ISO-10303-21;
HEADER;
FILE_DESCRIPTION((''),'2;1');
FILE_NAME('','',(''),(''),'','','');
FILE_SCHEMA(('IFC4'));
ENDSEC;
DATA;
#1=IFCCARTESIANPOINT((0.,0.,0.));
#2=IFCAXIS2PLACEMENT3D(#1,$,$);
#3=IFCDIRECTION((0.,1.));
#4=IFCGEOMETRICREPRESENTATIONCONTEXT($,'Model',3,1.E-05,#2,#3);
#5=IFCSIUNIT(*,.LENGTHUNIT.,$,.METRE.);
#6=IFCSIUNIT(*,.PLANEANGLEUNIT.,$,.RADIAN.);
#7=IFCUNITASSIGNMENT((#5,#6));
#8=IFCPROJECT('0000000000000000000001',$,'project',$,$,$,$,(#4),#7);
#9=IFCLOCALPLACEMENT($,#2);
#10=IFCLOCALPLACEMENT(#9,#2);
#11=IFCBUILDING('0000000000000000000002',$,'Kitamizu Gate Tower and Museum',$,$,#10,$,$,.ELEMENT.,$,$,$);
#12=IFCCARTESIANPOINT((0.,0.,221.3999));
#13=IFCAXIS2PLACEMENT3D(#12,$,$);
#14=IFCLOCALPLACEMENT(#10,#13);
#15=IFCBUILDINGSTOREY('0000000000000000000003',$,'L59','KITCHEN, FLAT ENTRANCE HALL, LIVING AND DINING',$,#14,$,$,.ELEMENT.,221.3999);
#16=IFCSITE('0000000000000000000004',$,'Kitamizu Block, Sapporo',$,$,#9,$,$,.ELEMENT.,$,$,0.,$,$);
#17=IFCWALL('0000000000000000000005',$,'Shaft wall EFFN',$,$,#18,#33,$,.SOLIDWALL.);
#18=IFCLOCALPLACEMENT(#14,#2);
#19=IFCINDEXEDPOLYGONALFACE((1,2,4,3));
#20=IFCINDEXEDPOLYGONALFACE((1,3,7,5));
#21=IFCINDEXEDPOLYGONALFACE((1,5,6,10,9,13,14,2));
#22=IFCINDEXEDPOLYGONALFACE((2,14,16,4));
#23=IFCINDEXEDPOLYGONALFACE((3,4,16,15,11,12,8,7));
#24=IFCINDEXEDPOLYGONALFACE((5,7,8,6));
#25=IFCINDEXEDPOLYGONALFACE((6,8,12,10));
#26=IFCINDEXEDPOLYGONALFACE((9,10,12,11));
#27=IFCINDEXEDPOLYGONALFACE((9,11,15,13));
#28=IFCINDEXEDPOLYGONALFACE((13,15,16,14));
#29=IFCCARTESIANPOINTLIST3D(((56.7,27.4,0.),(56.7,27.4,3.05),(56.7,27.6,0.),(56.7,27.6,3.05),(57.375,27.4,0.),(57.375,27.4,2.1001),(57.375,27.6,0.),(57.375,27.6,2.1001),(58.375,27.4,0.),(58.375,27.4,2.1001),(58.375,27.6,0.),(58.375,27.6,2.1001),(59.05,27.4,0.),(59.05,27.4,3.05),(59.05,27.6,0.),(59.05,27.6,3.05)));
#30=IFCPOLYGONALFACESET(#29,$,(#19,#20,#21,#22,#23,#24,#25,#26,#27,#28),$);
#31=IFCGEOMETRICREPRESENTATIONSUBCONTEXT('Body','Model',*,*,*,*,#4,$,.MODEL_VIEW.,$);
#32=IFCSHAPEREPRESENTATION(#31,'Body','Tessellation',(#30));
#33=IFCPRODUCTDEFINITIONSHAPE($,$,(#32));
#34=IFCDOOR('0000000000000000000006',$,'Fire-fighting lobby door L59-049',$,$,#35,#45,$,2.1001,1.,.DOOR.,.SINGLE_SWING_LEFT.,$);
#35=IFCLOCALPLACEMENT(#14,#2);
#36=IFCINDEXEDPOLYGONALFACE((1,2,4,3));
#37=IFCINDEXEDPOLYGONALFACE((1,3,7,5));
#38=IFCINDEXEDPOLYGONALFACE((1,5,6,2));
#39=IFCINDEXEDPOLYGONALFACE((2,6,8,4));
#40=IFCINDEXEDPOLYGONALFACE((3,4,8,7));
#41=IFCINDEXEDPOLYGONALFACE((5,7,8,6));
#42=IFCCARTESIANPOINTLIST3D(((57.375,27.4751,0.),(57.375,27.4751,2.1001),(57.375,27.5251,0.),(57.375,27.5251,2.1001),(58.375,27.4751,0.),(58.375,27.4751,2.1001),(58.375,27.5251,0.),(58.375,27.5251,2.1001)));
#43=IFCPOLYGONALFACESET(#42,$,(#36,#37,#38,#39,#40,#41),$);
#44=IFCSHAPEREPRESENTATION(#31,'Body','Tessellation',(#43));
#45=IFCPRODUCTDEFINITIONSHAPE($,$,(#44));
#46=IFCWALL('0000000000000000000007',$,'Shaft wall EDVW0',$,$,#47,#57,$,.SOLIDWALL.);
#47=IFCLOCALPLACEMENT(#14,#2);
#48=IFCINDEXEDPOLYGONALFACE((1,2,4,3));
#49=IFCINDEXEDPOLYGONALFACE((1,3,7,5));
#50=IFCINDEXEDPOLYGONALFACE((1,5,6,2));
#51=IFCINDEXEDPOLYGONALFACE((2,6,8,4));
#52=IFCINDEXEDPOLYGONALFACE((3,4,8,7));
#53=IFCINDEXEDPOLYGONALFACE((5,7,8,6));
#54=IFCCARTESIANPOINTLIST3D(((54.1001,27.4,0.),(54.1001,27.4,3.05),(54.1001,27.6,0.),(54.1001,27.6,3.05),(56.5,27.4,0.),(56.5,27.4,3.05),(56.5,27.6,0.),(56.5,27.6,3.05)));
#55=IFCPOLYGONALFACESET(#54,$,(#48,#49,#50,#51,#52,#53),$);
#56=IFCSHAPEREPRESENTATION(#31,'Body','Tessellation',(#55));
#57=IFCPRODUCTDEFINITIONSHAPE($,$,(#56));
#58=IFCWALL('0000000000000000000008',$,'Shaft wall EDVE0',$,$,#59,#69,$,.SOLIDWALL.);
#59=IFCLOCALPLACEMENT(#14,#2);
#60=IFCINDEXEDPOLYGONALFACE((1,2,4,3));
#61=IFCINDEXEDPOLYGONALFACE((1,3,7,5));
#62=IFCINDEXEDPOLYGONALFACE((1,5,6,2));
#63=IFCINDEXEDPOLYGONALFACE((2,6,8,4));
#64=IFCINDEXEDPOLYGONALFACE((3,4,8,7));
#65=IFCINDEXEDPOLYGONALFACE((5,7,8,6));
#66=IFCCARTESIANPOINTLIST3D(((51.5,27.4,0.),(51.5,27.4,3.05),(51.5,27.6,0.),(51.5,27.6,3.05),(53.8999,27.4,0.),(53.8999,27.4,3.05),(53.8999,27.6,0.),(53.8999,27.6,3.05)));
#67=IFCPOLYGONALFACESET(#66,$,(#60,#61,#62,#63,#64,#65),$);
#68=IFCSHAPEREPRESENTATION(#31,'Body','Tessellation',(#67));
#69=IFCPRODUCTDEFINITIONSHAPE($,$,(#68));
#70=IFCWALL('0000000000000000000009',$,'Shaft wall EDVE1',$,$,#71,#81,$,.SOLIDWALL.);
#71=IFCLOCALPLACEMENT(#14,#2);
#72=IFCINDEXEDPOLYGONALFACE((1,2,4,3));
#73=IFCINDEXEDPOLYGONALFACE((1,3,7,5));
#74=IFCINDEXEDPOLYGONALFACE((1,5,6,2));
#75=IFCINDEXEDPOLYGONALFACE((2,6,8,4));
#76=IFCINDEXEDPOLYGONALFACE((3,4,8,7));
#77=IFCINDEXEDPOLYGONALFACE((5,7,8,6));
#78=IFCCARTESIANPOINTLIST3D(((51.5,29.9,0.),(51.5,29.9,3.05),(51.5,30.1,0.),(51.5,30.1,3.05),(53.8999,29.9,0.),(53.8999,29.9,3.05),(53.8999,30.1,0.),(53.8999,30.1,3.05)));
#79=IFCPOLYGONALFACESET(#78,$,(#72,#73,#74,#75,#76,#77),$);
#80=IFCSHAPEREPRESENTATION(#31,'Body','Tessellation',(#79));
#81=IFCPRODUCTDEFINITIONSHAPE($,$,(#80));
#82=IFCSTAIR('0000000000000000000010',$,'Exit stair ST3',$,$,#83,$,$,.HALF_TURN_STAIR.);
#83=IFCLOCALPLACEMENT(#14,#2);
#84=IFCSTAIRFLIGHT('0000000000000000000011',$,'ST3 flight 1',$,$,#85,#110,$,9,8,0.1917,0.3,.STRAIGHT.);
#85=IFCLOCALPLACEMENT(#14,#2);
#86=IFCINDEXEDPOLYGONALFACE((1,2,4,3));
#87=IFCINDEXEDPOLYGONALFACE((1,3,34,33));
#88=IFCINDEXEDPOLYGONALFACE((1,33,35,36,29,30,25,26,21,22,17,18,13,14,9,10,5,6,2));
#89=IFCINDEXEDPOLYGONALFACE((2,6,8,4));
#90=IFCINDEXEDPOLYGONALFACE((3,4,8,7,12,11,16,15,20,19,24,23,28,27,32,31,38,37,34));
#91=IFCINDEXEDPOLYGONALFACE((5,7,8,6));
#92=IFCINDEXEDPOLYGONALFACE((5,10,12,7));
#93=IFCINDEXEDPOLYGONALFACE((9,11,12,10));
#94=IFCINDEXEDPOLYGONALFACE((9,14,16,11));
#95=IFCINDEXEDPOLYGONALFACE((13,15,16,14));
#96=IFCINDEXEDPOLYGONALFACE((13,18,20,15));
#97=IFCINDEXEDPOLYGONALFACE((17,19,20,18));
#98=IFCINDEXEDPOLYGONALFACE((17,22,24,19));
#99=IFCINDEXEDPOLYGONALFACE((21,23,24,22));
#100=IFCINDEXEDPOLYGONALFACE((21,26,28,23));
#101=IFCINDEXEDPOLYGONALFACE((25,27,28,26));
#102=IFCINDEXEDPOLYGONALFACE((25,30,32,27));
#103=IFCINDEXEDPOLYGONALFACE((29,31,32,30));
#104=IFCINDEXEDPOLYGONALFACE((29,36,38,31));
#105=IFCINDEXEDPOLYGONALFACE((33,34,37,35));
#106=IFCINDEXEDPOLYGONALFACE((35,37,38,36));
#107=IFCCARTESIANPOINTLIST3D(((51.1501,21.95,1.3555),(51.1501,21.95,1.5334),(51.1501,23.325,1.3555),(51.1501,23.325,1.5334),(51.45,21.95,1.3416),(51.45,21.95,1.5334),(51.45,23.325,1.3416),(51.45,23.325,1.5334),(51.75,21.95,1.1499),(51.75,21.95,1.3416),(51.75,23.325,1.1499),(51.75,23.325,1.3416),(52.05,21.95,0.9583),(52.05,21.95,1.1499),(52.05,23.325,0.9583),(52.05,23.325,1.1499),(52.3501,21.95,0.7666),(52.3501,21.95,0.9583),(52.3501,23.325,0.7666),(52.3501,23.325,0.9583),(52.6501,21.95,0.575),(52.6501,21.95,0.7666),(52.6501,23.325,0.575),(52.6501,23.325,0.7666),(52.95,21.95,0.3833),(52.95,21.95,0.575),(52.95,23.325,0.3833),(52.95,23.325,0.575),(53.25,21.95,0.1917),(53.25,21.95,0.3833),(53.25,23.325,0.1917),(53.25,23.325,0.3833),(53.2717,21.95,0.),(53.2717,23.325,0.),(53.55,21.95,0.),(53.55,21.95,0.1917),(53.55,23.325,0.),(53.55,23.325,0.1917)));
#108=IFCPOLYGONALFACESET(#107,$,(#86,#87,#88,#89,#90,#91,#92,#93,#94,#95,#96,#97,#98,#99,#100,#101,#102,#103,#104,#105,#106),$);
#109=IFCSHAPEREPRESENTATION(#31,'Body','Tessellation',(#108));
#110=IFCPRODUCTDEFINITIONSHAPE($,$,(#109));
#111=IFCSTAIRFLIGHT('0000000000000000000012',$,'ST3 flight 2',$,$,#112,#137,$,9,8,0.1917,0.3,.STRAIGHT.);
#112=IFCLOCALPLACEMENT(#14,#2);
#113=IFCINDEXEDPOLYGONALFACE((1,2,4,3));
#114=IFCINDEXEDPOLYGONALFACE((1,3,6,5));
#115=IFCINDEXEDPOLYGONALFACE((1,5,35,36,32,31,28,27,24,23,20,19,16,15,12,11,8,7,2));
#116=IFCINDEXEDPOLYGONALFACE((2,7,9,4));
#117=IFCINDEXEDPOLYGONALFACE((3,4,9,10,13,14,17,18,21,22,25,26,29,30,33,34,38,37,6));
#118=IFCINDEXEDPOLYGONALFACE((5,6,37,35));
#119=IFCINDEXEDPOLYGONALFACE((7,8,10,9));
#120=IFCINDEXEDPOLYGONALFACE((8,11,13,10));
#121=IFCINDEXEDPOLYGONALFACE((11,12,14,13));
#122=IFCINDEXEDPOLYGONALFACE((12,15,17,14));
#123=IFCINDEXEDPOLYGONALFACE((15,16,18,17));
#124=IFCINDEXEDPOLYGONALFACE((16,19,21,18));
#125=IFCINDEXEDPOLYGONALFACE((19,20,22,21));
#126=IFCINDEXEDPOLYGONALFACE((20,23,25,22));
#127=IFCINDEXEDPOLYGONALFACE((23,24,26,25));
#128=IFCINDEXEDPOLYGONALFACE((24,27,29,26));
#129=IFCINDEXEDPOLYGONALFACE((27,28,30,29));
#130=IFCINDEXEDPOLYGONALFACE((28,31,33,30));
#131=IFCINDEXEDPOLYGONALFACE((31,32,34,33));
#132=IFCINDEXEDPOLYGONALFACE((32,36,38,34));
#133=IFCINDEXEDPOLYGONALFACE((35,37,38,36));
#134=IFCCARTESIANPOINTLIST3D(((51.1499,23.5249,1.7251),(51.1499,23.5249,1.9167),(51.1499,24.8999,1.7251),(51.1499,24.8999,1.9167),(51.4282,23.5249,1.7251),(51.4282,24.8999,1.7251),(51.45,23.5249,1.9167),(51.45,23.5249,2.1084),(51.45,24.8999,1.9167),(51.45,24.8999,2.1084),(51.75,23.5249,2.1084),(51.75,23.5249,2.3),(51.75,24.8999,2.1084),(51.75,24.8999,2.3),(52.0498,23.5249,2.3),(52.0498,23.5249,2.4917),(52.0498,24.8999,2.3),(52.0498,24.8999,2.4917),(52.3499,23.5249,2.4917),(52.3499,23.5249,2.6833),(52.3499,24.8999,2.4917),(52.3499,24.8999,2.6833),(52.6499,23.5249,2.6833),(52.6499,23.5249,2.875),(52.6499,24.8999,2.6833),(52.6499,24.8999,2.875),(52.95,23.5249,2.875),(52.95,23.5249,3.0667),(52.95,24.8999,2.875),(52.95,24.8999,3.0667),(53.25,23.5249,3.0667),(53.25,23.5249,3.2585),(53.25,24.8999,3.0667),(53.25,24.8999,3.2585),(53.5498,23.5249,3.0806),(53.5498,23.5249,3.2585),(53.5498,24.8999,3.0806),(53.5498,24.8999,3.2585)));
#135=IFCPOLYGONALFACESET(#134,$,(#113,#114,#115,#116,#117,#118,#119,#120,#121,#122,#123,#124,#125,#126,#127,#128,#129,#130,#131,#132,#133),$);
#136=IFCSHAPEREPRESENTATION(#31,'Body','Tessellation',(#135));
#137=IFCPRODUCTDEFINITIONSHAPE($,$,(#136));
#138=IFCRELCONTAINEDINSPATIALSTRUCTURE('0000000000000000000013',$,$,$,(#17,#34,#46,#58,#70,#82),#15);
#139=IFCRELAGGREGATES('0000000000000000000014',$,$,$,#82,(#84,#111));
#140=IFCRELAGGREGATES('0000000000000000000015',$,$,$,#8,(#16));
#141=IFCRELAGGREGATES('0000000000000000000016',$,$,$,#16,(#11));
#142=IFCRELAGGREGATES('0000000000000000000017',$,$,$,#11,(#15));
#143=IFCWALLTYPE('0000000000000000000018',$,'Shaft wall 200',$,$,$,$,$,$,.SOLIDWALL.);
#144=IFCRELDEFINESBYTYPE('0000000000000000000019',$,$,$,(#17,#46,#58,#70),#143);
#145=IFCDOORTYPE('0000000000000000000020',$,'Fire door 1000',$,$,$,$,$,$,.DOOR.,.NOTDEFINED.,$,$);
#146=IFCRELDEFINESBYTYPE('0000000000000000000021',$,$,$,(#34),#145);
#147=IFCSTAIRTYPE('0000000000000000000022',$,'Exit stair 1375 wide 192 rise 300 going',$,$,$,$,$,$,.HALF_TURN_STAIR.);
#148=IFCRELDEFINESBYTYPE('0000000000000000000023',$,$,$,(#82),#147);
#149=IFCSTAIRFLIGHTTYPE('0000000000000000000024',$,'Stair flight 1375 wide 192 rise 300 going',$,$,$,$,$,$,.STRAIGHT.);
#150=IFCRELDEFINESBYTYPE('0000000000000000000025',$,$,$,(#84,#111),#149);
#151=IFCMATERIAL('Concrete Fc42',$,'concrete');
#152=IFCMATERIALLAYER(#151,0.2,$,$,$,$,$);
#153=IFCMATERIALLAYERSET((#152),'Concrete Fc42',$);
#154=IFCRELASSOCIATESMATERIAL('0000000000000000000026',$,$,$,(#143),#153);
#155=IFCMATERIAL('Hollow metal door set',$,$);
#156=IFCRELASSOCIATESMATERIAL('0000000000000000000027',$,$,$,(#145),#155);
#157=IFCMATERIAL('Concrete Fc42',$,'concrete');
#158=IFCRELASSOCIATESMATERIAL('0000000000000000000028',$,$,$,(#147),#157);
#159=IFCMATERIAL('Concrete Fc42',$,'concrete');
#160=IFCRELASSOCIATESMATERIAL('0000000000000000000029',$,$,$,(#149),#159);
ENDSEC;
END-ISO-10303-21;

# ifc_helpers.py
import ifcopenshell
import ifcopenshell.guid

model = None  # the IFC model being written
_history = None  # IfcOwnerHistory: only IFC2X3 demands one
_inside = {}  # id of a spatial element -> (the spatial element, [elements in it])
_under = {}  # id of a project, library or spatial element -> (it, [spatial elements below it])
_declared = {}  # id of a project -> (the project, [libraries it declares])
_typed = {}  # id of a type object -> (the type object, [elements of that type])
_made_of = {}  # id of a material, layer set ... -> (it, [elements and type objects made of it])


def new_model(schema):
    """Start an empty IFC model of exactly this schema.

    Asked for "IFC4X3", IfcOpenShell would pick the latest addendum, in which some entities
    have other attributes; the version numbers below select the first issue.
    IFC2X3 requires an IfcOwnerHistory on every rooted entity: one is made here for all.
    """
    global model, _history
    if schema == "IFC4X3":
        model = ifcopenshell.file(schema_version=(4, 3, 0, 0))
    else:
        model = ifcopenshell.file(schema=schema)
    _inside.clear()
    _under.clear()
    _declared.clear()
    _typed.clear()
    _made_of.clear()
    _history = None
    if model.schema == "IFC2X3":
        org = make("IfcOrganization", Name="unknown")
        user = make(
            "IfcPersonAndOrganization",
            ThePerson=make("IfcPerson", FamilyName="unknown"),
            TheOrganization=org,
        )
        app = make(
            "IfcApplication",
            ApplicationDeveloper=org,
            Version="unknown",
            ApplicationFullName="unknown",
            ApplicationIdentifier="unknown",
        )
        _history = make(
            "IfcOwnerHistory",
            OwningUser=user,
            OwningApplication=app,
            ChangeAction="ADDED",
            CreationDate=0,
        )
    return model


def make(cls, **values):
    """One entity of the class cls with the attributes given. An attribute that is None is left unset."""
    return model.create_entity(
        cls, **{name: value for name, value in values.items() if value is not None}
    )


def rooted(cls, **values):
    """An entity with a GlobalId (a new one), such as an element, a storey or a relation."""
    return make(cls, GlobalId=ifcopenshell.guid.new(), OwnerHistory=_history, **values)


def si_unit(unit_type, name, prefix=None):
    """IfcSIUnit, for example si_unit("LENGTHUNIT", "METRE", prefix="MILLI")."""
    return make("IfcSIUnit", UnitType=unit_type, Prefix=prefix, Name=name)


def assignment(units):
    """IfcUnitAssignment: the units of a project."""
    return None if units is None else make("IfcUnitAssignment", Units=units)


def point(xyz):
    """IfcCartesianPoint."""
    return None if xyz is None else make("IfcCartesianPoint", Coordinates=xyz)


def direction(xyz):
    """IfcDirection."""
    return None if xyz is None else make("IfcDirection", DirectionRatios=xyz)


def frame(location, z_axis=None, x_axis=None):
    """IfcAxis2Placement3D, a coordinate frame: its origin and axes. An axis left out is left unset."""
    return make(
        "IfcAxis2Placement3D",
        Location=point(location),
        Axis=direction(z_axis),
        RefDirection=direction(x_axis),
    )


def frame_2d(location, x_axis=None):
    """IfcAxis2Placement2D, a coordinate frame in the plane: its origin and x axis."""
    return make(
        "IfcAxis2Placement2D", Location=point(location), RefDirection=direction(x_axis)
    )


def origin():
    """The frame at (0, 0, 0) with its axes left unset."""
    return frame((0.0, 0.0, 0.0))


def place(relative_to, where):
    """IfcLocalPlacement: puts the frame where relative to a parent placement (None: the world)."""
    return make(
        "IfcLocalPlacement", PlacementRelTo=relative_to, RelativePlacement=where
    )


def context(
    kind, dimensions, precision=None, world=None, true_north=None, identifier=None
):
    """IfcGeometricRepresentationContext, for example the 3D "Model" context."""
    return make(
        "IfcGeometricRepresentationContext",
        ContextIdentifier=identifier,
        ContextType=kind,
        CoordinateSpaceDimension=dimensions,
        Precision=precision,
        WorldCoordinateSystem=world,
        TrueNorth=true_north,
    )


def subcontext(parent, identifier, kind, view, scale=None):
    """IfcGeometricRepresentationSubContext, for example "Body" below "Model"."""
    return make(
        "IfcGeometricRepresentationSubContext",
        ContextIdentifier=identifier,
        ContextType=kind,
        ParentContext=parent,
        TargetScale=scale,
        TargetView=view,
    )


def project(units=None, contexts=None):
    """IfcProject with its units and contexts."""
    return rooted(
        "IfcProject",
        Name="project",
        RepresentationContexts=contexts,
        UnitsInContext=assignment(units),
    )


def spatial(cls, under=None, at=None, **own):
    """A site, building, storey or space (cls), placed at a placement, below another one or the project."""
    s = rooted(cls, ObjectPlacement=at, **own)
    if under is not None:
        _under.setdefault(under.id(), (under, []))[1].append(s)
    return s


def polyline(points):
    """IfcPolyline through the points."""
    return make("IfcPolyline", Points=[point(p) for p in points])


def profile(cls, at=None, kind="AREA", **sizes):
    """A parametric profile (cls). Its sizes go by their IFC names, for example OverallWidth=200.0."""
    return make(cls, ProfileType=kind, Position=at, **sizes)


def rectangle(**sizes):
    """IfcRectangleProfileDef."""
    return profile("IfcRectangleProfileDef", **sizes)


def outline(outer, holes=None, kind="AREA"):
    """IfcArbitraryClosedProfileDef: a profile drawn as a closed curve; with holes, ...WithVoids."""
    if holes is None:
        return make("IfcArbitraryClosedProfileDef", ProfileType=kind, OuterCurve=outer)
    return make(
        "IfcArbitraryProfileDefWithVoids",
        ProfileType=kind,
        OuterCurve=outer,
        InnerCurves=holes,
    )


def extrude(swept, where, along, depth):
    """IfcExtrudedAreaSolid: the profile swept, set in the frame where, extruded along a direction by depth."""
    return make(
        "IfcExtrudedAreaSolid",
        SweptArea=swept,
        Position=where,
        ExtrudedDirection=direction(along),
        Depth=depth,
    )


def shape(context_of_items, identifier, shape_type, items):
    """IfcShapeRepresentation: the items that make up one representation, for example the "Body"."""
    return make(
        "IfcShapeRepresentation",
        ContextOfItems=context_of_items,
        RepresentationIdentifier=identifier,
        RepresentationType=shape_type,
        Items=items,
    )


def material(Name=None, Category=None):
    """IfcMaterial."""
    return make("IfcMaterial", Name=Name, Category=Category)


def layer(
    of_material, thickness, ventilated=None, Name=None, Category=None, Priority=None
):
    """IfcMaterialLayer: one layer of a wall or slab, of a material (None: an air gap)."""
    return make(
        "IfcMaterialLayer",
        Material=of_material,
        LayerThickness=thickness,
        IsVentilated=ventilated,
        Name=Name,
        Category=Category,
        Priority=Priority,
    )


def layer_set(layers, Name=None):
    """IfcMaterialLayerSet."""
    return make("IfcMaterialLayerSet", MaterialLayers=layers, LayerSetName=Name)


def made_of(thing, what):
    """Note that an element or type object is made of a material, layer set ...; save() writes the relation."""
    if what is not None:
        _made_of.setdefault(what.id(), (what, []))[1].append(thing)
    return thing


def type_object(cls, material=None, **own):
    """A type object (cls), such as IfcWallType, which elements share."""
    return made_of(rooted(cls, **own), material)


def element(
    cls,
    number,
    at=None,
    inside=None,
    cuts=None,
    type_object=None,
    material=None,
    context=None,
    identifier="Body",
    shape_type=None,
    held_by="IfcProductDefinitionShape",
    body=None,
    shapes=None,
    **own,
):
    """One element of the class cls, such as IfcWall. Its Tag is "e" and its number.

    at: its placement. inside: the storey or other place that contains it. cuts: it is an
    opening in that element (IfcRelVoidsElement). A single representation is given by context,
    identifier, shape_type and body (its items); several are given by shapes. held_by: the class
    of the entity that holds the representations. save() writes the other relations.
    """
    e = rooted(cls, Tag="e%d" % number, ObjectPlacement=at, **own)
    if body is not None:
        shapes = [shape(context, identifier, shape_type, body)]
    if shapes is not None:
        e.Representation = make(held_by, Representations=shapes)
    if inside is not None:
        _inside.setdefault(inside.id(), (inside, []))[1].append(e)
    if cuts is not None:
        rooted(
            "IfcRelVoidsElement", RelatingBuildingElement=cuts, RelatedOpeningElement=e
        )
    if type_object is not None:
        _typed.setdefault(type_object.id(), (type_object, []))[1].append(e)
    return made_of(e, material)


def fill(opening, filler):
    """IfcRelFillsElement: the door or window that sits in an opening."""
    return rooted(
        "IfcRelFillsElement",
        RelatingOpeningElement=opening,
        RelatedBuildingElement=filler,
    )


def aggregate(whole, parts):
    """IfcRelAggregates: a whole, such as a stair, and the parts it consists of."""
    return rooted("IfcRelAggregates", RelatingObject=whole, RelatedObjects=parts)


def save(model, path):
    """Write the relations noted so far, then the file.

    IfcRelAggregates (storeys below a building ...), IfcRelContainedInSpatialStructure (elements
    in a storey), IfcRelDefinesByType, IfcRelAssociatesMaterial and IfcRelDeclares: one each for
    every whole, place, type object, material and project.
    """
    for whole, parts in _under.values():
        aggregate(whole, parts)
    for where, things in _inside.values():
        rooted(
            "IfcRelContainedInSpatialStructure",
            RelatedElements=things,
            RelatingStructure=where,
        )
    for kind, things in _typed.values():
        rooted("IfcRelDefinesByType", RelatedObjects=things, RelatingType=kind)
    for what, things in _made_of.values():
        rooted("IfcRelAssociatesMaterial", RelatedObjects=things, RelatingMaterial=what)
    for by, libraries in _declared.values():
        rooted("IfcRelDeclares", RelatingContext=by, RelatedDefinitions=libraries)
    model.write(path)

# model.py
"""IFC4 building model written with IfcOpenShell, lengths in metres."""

from ifc_helpers import new_model, si_unit, direction, frame, frame_2d, origin, place, context, subcontext, project, spatial, polyline, rectangle, outline, extrude, material, layer, layer_set, type_object, element, fill, aggregate, save


model = new_model("IFC4")

# Units and contexts
model_context = context("Model", 3, precision=1e-05, world=origin(), true_north=direction((0.0, 1.0)))
body_context = subcontext(model_context, "Body", "Model", "MODEL_VIEW")
ifc_project = project(units=[si_unit("LENGTHUNIT", "METRE"), si_unit("PLANEANGLEUNIT", "RADIAN")], contexts=[model_context])

# Site, building, storey
site_placement = place(None, origin())
site = spatial("IfcSite", under=ifc_project, at=site_placement, Name="Kitamizu Block, Sapporo", CompositionType="ELEMENT", RefElevation=0.0)
building_placement = place(site_placement, origin())
building = spatial("IfcBuilding", under=site, at=building_placement, Name="Kitamizu Gate Tower and Museum", CompositionType="ELEMENT")
storey_placement = place(building_placement, frame((0.0, 0.0, 221.3999)))
storey = spatial("IfcBuildingStorey", under=building, at=storey_placement, Name="L59", Description="KITCHEN, FLAT ENTRANCE HALL, LIVING AND DINING", CompositionType="ELEMENT", Elevation=221.3999)

# Shared definitions
ifc_material_1 = material(Name="Concrete Fc42", Category="concrete")
ifc_layer_1 = layer(ifc_material_1, 0.2)
ifc_layer_set_1 = layer_set([ifc_layer_1], Name="Concrete Fc42")
wall_type_1 = type_object("IfcWallType", Name="Shaft wall 200", PredefinedType="SOLIDWALL", material=ifc_layer_set_1)
ifc_material_2 = material(Name="Hollow metal door set")
door_type_1 = type_object("IfcDoorType", Name="Fire door 1000", OperationType="NOTDEFINED", PredefinedType="DOOR", material=ifc_material_2)

# Wall, opening, door
wall_1_placement = place(storey_placement, frame((59.05, 27.5, 0.0), z_axis=(0.0, 0.0, 1.0), x_axis=(-1.0, 0.0, 0.0)))
wall_1 = element("IfcWall", 1, at=wall_1_placement, inside=storey, type_object=wall_type_1, Name="Shaft wall EFFN", PredefinedType="SOLIDWALL", context=body_context, shape_type="SweptSolid", body=[
    extrude(rectangle(XDim=2.3501, YDim=0.2, at=frame_2d((1.175, 0.0))), origin(), (0.0, 0.0, 1.0), 3.05),
])
opening_1_placement = place(wall_1_placement, frame((0.675, 0.0, 0.0)))
opening_1 = element("IfcOpeningElement", 2, at=opening_1_placement, cuts=wall_1, PredefinedType="OPENING", context=body_context, shape_type="SweptSolid", body=[
    extrude(rectangle(XDim=1.0, YDim=2.1001, at=frame_2d((0.5, 1.05))), frame((0.0, 0.1099, 0.0), z_axis=(0.0, -1.0, 0.0), x_axis=(1.0, 0.0, 0.0)), (0.0, 0.0, 1.0), 0.22),
])
door_1_placement = place(opening_1_placement, origin())
door_1 = element("IfcDoor", 3, at=door_1_placement, inside=storey, type_object=door_type_1, Name="Fire-fighting lobby door L59-049", OperationType="SINGLE_SWING_LEFT", OverallHeight=2.1001, OverallWidth=1.0, PredefinedType="DOOR", context=body_context, shape_type="SweptSolid", body=[
    extrude(rectangle(XDim=1.0, YDim=2.1001, at=frame_2d((0.5, 1.05))), frame((0.0, 0.0249, 0.0), z_axis=(0.0, -1.0, 0.0), x_axis=(1.0, 0.0, 0.0)), (0.0, 0.0, 1.0), 0.05),
])
fill(opening_1, door_1)

# Walls
for number, where, z_axis, x_axis, name in (
    (4, (56.5, 27.5, 0.0), (0.0, 0.0, 1.0), (-1.0, 0.0, 0.0), "Shaft wall EDVW0"),
    (5, (53.8999, 27.5, 0.0), (0.0, 0.0, 1.0), (-1.0, 0.0, 0.0), "Shaft wall EDVE0"),
    (6, (53.8999, 30.0, 0.0), (0.0, 0.0, 1.0), (-1.0, 0.0, 0.0), "Shaft wall EDVE1"),
):
    element("IfcWall", number, at=place(storey_placement, frame(where, z_axis=z_axis, x_axis=x_axis)), inside=storey, type_object=wall_type_1, Name=name, PredefinedType="SOLIDWALL", context=body_context, shape_type="SweptSolid", body=[
        extrude(rectangle(XDim=2.3999, YDim=0.2, at=frame_2d((1.2, 0.0))), origin(), (0.0, 0.0, 1.0), 3.05),
    ])

# Stair, stair flights
ifc_material_3 = material(Name="Concrete Fc42", Category="concrete")
stair_type = type_object("IfcStairType", Name="Exit stair 1375 wide 192 rise 300 going", PredefinedType="HALF_TURN_STAIR", material=ifc_material_3)
stair_placement = place(storey_placement, origin())
stair = element("IfcStair", 7, at=stair_placement, inside=storey, type_object=stair_type, Name="Exit stair ST3", PredefinedType="HALF_TURN_STAIR")
ifc_material_4 = material(Name="Concrete Fc42", Category="concrete")
stair_flight_type = type_object("IfcStairFlightType", Name="Stair flight 1375 wide 192 rise 300 going", PredefinedType="STRAIGHT", material=ifc_material_4)
stair_flight_1_placement = place(storey_placement, frame((53.55, 22.6375, 0.0), z_axis=(0.0, 0.0, 1.0), x_axis=(-1.0, 0.0, 0.0)))
stair_flight_1 = element("IfcStairFlight", 8, at=stair_flight_1_placement, type_object=stair_flight_type, Name="ST3 flight 1", NumberOfRisers=9, NumberOfTreads=8, PredefinedType="STRAIGHT", RiserHeight=0.1917, TreadLength=0.3, context=body_context, shape_type="SweptSolid", body=[
    extrude(outline(polyline([(0.0, 0.0), (0.0, 0.1917), (0.3, 0.1917), (0.3, 0.3833), (0.6001, 0.3833), (0.6001, 0.575), (0.8999, 0.575), (0.8999, 0.7666), (1.2, 0.7666), (1.2, 0.9583), (1.5, 0.9583), (1.5, 1.1499), (1.8, 1.1499), (1.8, 1.3416), (2.1001, 1.3416), (2.1001, 1.5334), (2.3999, 1.5334), (2.3999, 1.7251), (2.3999, 1.3555), (0.2783, 0.0), (0.0, 0.0)])), frame((0.0, 0.6875, 0.0), z_axis=(0.0, -1.0, 0.0), x_axis=(1.0, 0.0, 0.0)), (0.0, 0.0, 1.0), 1.375),
])
stair_flight_2_placement = place(storey_placement, frame((51.1499, 24.2124, 1.7251), z_axis=(0.0, 0.0, 1.0), x_axis=(1.0, 0.0, 0.0)))
stair_flight_2 = element("IfcStairFlight", 9, at=stair_flight_2_placement, type_object=stair_flight_type, Name="ST3 flight 2", NumberOfRisers=9, NumberOfTreads=8, PredefinedType="STRAIGHT", RiserHeight=0.1917, TreadLength=0.3, context=body_context, shape_type="SweptSolid", body=[
    extrude(outline(polyline([(0.0, 0.0), (0.0, 0.1917), (0.3, 0.1917), (0.3, 0.3833), (0.6001, 0.3833), (0.6001, 0.575), (0.8999, 0.575), (0.8999, 0.7666), (1.2, 0.7666), (1.2, 0.9583), (1.5, 0.9583), (1.5, 1.1499), (1.8, 1.1499), (1.8, 1.3416), (2.1001, 1.3416), (2.1001, 1.5334), (2.3999, 1.5334), (2.3999, 1.7251), (2.3999, 1.3555), (0.2783, 0.0), (0.0, 0.0)])), frame((0.0, 0.6875, 0.0), z_axis=(0.0, -1.0, 0.0), x_axis=(1.0, 0.0, 0.0)), (0.0, 0.0, 1.0), 1.375),
])
aggregate(stair, [stair_flight_1, stair_flight_2])

save(model, "model.ifc")
